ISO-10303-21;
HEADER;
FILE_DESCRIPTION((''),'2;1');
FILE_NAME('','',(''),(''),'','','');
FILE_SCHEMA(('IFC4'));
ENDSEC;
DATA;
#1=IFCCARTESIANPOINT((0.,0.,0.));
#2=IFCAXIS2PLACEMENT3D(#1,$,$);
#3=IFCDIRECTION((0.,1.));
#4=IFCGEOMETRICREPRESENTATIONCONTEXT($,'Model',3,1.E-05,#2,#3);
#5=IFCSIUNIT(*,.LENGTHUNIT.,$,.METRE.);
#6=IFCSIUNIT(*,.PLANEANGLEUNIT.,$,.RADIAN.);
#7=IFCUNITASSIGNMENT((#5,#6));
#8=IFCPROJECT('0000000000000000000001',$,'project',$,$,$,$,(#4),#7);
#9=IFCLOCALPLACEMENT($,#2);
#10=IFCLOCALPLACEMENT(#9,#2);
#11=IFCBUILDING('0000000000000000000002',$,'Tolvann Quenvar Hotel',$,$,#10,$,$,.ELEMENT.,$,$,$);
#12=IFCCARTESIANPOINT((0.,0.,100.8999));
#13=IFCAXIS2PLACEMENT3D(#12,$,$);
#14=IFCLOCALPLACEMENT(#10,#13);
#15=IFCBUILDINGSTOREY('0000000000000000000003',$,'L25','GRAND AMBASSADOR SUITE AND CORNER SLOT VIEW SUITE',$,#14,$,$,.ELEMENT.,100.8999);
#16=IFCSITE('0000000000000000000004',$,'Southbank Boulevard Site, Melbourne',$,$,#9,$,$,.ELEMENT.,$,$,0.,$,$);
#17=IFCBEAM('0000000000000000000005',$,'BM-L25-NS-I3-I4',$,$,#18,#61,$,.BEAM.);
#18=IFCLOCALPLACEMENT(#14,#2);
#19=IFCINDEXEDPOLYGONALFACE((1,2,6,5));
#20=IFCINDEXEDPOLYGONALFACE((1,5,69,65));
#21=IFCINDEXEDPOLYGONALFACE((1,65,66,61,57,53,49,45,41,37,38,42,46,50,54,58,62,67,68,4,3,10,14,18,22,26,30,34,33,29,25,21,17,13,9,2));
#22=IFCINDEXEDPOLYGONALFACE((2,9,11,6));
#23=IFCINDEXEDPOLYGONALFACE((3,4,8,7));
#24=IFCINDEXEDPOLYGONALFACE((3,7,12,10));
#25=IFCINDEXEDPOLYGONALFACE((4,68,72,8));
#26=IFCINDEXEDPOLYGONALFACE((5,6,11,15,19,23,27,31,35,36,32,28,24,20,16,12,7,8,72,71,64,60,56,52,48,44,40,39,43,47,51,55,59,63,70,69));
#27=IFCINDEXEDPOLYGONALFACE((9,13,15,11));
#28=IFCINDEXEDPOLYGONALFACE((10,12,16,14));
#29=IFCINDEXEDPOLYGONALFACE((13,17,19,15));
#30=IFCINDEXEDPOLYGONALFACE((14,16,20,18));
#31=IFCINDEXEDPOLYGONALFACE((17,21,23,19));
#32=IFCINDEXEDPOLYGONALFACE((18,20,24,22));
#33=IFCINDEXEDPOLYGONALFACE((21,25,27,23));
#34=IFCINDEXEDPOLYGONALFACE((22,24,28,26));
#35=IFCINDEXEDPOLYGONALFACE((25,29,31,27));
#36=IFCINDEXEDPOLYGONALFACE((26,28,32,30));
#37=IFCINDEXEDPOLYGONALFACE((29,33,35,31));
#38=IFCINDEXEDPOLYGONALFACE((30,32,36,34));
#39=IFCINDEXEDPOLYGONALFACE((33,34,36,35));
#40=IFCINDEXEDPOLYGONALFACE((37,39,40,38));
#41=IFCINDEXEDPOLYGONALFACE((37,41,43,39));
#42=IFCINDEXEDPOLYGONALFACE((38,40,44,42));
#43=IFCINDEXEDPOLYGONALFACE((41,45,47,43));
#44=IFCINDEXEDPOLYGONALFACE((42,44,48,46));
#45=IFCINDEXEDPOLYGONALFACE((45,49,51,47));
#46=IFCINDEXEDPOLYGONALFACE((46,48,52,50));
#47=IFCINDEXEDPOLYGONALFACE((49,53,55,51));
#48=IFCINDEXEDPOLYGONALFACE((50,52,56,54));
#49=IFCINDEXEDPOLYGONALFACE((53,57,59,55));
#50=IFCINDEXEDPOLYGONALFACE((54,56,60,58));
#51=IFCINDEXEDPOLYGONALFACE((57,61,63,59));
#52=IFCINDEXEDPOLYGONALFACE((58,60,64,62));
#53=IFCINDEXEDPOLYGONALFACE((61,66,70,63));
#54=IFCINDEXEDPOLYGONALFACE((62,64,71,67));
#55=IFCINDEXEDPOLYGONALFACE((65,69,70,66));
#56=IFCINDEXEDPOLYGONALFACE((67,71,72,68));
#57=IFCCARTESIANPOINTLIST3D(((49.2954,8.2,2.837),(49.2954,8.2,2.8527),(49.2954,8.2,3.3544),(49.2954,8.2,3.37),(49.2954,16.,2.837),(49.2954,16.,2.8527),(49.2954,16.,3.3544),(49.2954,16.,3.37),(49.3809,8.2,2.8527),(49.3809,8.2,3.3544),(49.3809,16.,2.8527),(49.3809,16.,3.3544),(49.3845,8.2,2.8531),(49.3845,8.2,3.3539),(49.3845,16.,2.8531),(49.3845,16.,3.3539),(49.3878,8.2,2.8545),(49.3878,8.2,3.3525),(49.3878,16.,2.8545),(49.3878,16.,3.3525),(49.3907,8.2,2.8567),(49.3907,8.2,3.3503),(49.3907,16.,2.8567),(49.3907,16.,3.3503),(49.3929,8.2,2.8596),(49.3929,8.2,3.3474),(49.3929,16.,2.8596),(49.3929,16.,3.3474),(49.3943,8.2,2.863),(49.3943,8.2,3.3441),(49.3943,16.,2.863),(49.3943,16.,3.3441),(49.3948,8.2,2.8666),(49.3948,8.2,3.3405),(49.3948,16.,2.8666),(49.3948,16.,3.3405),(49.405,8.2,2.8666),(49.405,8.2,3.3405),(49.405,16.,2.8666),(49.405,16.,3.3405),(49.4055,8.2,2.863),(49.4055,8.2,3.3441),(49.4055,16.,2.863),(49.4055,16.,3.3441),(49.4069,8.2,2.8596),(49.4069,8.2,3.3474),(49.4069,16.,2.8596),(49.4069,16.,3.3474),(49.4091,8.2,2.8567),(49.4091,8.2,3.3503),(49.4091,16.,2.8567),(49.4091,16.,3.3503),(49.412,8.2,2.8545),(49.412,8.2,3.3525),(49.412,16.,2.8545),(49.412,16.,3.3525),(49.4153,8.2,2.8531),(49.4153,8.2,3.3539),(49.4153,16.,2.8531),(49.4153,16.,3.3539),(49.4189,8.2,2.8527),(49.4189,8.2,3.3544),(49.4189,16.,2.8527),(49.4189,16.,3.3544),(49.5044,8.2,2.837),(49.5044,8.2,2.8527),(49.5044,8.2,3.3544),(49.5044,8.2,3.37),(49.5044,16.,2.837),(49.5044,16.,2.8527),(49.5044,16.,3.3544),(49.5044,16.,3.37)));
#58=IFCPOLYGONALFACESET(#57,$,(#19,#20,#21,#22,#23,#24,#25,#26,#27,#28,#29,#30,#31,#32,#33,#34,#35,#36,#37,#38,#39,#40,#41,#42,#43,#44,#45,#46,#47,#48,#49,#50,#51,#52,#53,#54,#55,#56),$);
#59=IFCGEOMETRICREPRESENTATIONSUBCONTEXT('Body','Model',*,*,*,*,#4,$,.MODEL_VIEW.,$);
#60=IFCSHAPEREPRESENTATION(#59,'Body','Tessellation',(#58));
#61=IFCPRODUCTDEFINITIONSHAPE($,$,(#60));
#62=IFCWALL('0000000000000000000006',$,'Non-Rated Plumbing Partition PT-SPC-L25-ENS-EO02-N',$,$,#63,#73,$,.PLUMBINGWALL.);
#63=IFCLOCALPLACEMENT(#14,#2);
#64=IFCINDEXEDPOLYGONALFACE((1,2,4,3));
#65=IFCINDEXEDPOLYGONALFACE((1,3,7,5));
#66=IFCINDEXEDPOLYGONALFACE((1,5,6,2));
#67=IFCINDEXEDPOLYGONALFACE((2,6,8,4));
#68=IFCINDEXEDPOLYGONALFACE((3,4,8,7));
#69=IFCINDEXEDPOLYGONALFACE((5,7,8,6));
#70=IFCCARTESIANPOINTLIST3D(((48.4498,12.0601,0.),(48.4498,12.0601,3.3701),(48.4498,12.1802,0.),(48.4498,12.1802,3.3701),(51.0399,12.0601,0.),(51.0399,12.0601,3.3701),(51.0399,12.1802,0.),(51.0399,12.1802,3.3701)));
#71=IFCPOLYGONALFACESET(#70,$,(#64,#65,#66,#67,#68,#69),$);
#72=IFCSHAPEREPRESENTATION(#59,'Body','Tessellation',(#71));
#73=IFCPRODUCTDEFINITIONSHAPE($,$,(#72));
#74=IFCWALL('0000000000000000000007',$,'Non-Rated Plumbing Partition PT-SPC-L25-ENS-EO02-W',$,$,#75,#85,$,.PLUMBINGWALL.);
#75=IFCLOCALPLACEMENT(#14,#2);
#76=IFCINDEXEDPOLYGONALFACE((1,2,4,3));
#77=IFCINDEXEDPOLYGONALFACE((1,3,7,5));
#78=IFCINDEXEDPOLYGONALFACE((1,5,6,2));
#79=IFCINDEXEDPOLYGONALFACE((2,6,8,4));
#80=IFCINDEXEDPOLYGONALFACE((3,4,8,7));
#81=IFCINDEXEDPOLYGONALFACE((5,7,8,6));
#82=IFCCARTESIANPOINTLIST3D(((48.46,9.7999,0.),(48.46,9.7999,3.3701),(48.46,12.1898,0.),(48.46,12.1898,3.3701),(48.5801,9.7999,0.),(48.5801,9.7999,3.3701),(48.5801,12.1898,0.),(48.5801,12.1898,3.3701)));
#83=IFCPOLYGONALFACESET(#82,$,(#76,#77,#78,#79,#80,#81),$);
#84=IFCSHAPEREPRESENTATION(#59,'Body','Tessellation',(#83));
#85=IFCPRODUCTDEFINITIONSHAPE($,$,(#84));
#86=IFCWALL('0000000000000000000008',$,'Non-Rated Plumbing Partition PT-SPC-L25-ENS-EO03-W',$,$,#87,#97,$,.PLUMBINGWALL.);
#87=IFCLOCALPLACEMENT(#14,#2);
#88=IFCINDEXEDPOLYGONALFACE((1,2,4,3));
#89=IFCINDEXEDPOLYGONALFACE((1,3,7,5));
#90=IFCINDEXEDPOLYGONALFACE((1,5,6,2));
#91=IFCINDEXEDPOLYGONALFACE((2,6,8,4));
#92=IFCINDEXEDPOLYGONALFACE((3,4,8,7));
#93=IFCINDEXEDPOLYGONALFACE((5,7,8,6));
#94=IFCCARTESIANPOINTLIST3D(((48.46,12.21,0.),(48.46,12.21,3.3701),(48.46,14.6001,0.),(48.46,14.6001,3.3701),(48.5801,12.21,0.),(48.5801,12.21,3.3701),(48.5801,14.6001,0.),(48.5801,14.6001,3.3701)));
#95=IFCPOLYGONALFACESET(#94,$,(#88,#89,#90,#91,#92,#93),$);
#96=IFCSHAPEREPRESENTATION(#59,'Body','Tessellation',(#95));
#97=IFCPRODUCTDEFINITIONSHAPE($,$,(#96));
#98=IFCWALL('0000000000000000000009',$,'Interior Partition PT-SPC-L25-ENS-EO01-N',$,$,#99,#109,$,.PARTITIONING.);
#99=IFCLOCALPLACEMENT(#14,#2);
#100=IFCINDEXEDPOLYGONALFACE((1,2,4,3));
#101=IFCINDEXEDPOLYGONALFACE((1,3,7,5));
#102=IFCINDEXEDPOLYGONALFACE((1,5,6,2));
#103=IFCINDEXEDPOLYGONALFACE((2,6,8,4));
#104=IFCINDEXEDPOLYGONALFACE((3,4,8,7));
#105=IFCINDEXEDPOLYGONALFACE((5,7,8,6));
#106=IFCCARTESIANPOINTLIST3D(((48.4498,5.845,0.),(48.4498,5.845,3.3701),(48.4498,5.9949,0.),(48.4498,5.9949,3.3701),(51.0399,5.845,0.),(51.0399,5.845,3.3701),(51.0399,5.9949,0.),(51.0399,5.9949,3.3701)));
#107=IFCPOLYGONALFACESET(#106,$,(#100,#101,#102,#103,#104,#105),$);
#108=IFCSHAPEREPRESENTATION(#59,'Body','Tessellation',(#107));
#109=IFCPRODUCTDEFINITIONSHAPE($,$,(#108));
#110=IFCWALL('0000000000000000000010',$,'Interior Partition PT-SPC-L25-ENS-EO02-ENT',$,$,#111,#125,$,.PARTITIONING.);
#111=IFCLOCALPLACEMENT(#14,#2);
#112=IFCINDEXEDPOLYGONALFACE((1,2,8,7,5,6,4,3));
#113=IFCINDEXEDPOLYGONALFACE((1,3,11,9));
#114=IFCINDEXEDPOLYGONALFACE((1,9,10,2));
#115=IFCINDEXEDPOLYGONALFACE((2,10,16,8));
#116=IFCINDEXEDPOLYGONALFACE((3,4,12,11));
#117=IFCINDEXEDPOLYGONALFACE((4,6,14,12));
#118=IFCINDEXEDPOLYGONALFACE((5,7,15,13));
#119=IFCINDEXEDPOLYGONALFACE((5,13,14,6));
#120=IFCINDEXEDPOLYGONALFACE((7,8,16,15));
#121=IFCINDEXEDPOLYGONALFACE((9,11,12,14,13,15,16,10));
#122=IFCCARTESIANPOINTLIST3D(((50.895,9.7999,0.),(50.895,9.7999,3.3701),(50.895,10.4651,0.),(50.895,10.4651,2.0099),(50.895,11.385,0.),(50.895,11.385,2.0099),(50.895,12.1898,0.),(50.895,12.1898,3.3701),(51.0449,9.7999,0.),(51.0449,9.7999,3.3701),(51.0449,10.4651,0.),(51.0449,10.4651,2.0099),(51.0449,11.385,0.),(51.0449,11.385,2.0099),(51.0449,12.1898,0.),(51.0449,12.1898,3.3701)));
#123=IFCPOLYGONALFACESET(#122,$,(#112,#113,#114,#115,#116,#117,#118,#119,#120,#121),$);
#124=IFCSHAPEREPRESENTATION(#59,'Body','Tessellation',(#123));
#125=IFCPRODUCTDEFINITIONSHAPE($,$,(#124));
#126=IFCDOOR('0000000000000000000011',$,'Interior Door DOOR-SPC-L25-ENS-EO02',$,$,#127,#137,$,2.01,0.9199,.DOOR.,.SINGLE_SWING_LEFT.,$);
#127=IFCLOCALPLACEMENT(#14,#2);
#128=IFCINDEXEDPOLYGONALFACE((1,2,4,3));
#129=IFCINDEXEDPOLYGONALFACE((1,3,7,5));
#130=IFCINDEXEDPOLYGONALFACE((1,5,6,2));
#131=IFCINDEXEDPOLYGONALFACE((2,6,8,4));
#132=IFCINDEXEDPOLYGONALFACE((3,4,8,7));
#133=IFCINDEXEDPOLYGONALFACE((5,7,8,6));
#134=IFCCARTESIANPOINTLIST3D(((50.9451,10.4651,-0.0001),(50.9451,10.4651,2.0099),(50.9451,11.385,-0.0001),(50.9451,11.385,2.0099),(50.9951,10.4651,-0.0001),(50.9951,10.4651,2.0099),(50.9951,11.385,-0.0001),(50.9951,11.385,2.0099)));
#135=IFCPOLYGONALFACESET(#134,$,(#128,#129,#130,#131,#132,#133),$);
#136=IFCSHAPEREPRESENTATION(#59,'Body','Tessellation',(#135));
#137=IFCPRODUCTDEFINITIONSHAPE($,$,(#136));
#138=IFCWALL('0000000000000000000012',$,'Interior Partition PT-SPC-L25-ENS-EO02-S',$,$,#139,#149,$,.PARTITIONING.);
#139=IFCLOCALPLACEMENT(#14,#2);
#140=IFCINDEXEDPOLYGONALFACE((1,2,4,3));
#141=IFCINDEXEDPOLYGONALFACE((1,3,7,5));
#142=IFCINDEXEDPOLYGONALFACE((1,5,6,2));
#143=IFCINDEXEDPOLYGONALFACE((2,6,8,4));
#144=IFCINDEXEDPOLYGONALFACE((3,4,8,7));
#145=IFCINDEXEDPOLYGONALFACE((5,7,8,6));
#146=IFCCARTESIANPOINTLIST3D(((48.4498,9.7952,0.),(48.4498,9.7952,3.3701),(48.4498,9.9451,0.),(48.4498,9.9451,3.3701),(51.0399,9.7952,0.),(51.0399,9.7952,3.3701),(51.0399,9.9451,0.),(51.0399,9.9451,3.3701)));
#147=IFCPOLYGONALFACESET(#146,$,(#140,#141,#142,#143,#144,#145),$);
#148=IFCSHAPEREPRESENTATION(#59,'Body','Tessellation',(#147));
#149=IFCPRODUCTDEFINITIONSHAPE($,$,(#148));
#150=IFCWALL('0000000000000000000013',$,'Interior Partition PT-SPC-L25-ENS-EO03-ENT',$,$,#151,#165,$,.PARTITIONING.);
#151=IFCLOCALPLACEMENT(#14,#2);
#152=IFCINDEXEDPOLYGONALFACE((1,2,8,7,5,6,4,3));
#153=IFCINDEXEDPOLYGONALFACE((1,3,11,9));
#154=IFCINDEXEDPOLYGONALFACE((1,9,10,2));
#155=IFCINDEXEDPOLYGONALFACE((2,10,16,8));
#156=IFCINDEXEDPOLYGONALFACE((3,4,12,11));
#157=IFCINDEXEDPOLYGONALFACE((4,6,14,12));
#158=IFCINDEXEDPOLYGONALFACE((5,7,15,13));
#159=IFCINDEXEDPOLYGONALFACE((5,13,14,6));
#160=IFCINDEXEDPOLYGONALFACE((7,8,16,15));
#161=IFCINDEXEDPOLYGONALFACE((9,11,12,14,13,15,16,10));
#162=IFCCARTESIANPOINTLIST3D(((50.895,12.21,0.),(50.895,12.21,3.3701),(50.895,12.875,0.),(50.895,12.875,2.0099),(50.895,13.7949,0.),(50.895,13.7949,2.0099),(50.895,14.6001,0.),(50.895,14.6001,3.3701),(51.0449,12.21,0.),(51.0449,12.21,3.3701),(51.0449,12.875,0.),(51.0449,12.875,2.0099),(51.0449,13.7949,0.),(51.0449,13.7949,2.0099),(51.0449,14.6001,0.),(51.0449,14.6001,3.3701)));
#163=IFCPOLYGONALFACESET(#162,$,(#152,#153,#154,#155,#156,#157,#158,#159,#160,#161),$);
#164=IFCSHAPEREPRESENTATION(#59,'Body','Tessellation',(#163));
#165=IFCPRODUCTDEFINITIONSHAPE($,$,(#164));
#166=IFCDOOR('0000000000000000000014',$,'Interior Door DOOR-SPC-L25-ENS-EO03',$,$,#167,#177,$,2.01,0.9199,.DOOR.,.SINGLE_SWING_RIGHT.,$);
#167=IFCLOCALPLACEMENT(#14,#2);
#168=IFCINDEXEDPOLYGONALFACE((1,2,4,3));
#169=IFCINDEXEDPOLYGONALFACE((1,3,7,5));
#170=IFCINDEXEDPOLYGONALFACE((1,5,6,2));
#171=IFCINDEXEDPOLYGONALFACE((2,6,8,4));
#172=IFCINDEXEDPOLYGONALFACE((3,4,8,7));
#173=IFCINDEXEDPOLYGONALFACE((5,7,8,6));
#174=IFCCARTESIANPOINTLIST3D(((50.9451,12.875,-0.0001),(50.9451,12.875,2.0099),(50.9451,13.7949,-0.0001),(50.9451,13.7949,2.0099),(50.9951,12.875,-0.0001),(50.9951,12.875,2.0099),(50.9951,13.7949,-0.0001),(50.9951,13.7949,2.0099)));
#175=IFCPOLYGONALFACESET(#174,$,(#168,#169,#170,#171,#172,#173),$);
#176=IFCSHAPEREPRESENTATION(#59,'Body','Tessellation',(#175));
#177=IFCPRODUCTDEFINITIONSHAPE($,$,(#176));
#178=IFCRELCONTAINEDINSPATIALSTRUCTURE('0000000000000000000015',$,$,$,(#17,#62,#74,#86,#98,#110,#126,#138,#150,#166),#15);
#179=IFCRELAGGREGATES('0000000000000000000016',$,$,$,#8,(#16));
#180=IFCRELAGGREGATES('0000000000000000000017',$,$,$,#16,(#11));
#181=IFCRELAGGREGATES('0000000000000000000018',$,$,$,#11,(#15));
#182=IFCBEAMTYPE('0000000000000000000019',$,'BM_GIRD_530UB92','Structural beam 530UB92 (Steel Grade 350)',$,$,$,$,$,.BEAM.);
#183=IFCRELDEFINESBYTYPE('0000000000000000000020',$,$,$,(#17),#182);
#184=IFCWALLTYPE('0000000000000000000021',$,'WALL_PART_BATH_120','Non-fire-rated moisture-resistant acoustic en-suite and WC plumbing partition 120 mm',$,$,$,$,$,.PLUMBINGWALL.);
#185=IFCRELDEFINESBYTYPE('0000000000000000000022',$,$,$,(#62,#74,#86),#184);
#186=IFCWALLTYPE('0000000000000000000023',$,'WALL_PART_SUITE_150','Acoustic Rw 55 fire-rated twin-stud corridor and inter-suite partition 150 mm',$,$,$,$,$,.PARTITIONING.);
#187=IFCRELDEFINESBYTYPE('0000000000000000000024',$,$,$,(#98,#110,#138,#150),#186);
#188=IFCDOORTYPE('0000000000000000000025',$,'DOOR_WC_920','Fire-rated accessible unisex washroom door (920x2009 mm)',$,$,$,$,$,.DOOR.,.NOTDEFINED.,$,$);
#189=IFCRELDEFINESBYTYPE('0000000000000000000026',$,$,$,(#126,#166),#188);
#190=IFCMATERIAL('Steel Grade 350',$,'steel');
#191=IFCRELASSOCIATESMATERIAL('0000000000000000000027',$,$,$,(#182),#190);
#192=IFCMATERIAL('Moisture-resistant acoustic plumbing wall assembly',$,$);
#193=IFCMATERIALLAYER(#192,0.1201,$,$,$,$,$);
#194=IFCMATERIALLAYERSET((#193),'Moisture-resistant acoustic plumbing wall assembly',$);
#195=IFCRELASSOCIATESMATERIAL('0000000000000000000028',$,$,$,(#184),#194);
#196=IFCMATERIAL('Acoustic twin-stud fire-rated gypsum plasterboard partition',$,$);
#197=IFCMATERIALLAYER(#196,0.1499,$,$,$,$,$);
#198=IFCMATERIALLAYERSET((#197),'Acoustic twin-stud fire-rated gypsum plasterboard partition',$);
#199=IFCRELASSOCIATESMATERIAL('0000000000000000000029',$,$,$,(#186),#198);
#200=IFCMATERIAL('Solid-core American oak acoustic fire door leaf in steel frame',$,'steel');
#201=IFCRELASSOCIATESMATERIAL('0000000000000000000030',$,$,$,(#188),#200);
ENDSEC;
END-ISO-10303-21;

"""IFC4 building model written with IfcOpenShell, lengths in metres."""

from ifc_helpers import new_model, si_unit, direction, frame, frame_2d, origin, origin_2d, place, context, subcontext, project, spatial, rectangle, i_section, extrude, source, transform, mapped, material, layer, layer_set, material_profile, profile_set, type_object, type_shapes, element, fill, save


model = new_model("IFC4")

# Units and contexts
model_context = context("Model", 3, precision=1e-05, world=origin(), true_north=direction((0.0, 1.0)))
body_context = subcontext(model_context, "Body", "Model", "MODEL_VIEW")
ifc_project = project(units=[si_unit("LENGTHUNIT", "METRE"), si_unit("PLANEANGLEUNIT", "RADIAN")], contexts=[model_context])

# Site, building, storey
site_placement = place(None, origin())
site = spatial("IfcSite", under=ifc_project, at=site_placement, Name="Southbank Boulevard Site, Melbourne", CompositionType="ELEMENT", RefElevation=0.0)
building_placement = place(site_placement, origin())
building = spatial("IfcBuilding", under=site, at=building_placement, Name="Tolvann Quenvar Hotel", CompositionType="ELEMENT")
storey_placement = place(building_placement, frame((0.0, 0.0, 100.8999)))
storey = spatial("IfcBuildingStorey", under=building, at=storey_placement, Name="L25", Description="GRAND AMBASSADOR SUITE AND CORNER SLOT VIEW SUITE", CompositionType="ELEMENT", Elevation=100.8999)

# Shared definitions
ifc_material_1 = material(Name="Steel Grade 350", Category="steel")

# Beam
ifc_material_profile_1 = material_profile(ifc_material_1, i_section(OverallWidth=0.209, OverallDepth=0.533, WebThickness=0.0103, FlangeThickness=0.0156, FilletRadius=0.0139, at=origin_2d()), Name="530UB92")
ifc_profile_set_1 = profile_set([ifc_material_profile_1], Name="Steel Grade 350")
beam_type_1 = type_object("IfcBeamType", Name="BM_GIRD_530UB92", Description="Structural beam 530UB92 (Steel Grade 350)", PredefinedType="BEAM", material=ifc_profile_set_1)
shared_shape_1 = source(origin(), body_context, "Body", "SweptSolid", [
    extrude(i_section(OverallWidth=0.209, OverallDepth=0.533, WebThickness=0.0103, FlangeThickness=0.0156, FilletRadius=0.0139, at=origin_2d()), origin(), (0.0, 0.0, 1.0), 7.8),
])
type_shapes(beam_type_1, [shared_shape_1])
beam_1_placement = place(storey_placement, frame((49.3999, 8.2, 3.1035), z_axis=(0.0, 1.0, 0.0), x_axis=(-1.0, 0.0, 0.0)))
element("IfcBeam", 1, at=beam_1_placement, inside=storey, type_object=beam_type_1, Name="BM-L25-NS-I3-I4", PredefinedType="BEAM", context=body_context, shape_type="MappedRepresentation", body=[
    mapped(shared_shape_1, transform((0.0, 0.0, 0.0), x_axis=(1.0, 0.0, 0.0), y_axis=(0.0, 1.0, 0.0), z_axis=(0.0, 0.0, 1.0), scale=1.0)),
])

# Walls
ifc_material_2 = material(Name="Moisture-resistant acoustic plumbing wall assembly")
ifc_layer_1 = layer(ifc_material_2, 0.1201)
ifc_layer_set_1 = layer_set([ifc_layer_1], Name="Moisture-resistant acoustic plumbing wall assembly")
wall_type_1 = type_object("IfcWallType", Name="WALL_PART_BATH_120", Description="Non-fire-rated moisture-resistant acoustic en-suite and WC plumbing partition 120 mm", PredefinedType="PLUMBINGWALL", material=ifc_layer_set_1)
wall_1_placement = place(storey_placement, frame((48.45, 12.1201, 0.0), z_axis=(0.0, 0.0, 1.0), x_axis=(1.0, 0.0, 0.0)))
element("IfcWall", 2, at=wall_1_placement, inside=storey, type_object=wall_type_1, Name="Non-Rated Plumbing Partition PT-SPC-L25-ENS-EO02-N", PredefinedType="PLUMBINGWALL", context=body_context, shape_type="SweptSolid", body=[
    extrude(rectangle(XDim=2.5901, YDim=0.1201, at=frame_2d((1.2949, 0.0))), origin(), (0.0, 0.0, 1.0), 3.3701),
])
wall_2_placement = place(storey_placement, frame((48.52, 9.8, 0.0), z_axis=(0.0, 0.0, 1.0), x_axis=(0.0, 1.0, 0.0)))
element("IfcWall", 3, at=wall_2_placement, inside=storey, type_object=wall_type_1, Name="Non-Rated Plumbing Partition PT-SPC-L25-ENS-EO02-W", PredefinedType="PLUMBINGWALL", context=body_context, shape_type="SweptSolid", body=[
    extrude(rectangle(XDim=2.3899, YDim=0.1201, at=frame_2d((1.1948, 0.0))), origin(), (0.0, 0.0, 1.0), 3.3701),
])
wall_3_placement = place(storey_placement, frame((48.52, 12.21, 0.0), z_axis=(0.0, 0.0, 1.0), x_axis=(0.0, 1.0, 0.0)))
element("IfcWall", 4, at=wall_3_placement, inside=storey, type_object=wall_type_1, Name="Non-Rated Plumbing Partition PT-SPC-L25-ENS-EO03-W", PredefinedType="PLUMBINGWALL", context=body_context, shape_type="SweptSolid", body=[
    extrude(rectangle(XDim=2.3901, YDim=0.1201, at=frame_2d((1.1951, 0.0))), origin(), (0.0, 0.0, 1.0), 3.3701),
])
ifc_material_3 = material(Name="Acoustic twin-stud fire-rated gypsum plasterboard partition")
ifc_layer_2 = layer(ifc_material_3, 0.1499)
ifc_layer_set_2 = layer_set([ifc_layer_2], Name="Acoustic twin-stud fire-rated gypsum plasterboard partition")
wall_type_2 = type_object("IfcWallType", Name="WALL_PART_SUITE_150", Description="Acoustic Rw 55 fire-rated twin-stud corridor and inter-suite partition 150 mm", PredefinedType="PARTITIONING", material=ifc_layer_set_2)
wall_4_placement = place(storey_placement, frame((48.45, 5.9199, 0.0), z_axis=(0.0, 0.0, 1.0), x_axis=(1.0, 0.0, 0.0)))
element("IfcWall", 5, at=wall_4_placement, inside=storey, type_object=wall_type_2, Name="Interior Partition PT-SPC-L25-ENS-EO01-N", PredefinedType="PARTITIONING", context=body_context, shape_type="SweptSolid", body=[
    extrude(rectangle(XDim=2.5901, YDim=0.1499, at=frame_2d((1.2949, 0.0))), origin(), (0.0, 0.0, 1.0), 3.3701),
])

# Wall, opening, door
wall_5_placement = place(storey_placement, frame((50.97, 9.8, 0.0), z_axis=(0.0, 0.0, 1.0), x_axis=(0.0, 1.0, 0.0)))
wall_5 = element("IfcWall", 6, at=wall_5_placement, inside=storey, type_object=wall_type_2, Name="Interior Partition PT-SPC-L25-ENS-EO02-ENT", PredefinedType="PARTITIONING", context=body_context, shape_type="SweptSolid", body=[
    extrude(rectangle(XDim=2.3899, YDim=0.1499, at=frame_2d((1.1948, 0.0))), origin(), (0.0, 0.0, 1.0), 3.3701),
])
opening_1_placement = place(wall_5_placement, frame((0.665, 0.0, 0.0)))
opening_1 = element("IfcOpeningElement", 7, at=opening_1_placement, cuts=wall_5, PredefinedType="OPENING", context=body_context, shape_type="SweptSolid", body=[
    extrude(rectangle(XDim=0.9199, YDim=2.01, at=frame_2d((0.46, 1.0049))), frame((0.0, 0.085, 0.0), z_axis=(0.0, -1.0, 0.0), x_axis=(1.0, 0.0, 0.0)), (0.0, 0.0, 1.0), 0.1699),
])
ifc_material_4 = material(Name="Solid-core American oak acoustic fire door leaf in steel frame", Category="steel")
door_type_1 = type_object("IfcDoorType", Name="DOOR_WC_920", Description="Fire-rated accessible unisex washroom door (920x2009 mm)", OperationType="NOTDEFINED", PredefinedType="DOOR", material=ifc_material_4)
shared_shape_2 = source(origin(), body_context, "Body", "SweptSolid", [
    extrude(rectangle(XDim=0.9199, YDim=2.01, at=frame_2d((0.46, 1.0049))), frame((0.0, 0.0249, 0.0), z_axis=(0.0, -1.0, 0.0), x_axis=(1.0, 0.0, 0.0)), (0.0, 0.0, 1.0), 0.05),
])
type_shapes(door_type_1, [shared_shape_2])
door_1_placement = place(opening_1_placement, origin())
door_1 = element("IfcDoor", 8, at=door_1_placement, inside=storey, type_object=door_type_1, Name="Interior Door DOOR-SPC-L25-ENS-EO02", OperationType="SINGLE_SWING_LEFT", OverallHeight=2.01, OverallWidth=0.9199, PredefinedType="DOOR", context=body_context, shape_type="MappedRepresentation", body=[
    mapped(shared_shape_2, transform((0.0, 0.0, 0.0), x_axis=(1.0, 0.0, 0.0), y_axis=(0.0, 1.0, 0.0), z_axis=(0.0, 0.0, 1.0), scale=1.0)),
])
fill(opening_1, door_1)

# Wall
wall_6_placement = place(storey_placement, frame((48.45, 9.8701, 0.0), z_axis=(0.0, 0.0, 1.0), x_axis=(1.0, 0.0, 0.0)))
element("IfcWall", 9, at=wall_6_placement, inside=storey, type_object=wall_type_2, Name="Interior Partition PT-SPC-L25-ENS-EO02-S", PredefinedType="PARTITIONING", context=body_context, shape_type="SweptSolid", body=[
    extrude(rectangle(XDim=2.5901, YDim=0.1499, at=frame_2d((1.2949, 0.0))), origin(), (0.0, 0.0, 1.0), 3.3701),
])

# Wall, opening, door
wall_7_placement = place(storey_placement, frame((50.97, 12.21, 0.0), z_axis=(0.0, 0.0, 1.0), x_axis=(0.0, 1.0, 0.0)))
wall_7 = element("IfcWall", 10, at=wall_7_placement, inside=storey, type_object=wall_type_2, Name="Interior Partition PT-SPC-L25-ENS-EO03-ENT", PredefinedType="PARTITIONING", context=body_context, shape_type="SweptSolid", body=[
    extrude(rectangle(XDim=2.3901, YDim=0.1499, at=frame_2d((1.1951, 0.0))), origin(), (0.0, 0.0, 1.0), 3.3701),
])
opening_2_placement = place(wall_7_placement, frame((0.665, 0.0, 0.0)))
opening_2 = element("IfcOpeningElement", 11, at=opening_2_placement, cuts=wall_7, PredefinedType="OPENING", context=body_context, shape_type="SweptSolid", body=[
    extrude(rectangle(XDim=0.9199, YDim=2.01, at=frame_2d((0.46, 1.0049))), frame((0.0, 0.085, 0.0), z_axis=(0.0, -1.0, 0.0), x_axis=(1.0, 0.0, 0.0)), (0.0, 0.0, 1.0), 0.1699),
])
door_2_placement = place(opening_2_placement, origin())
door_2 = element("IfcDoor", 12, at=door_2_placement, inside=storey, type_object=door_type_1, Name="Interior Door DOOR-SPC-L25-ENS-EO03", OperationType="SINGLE_SWING_RIGHT", OverallHeight=2.01, OverallWidth=0.9199, PredefinedType="DOOR", context=body_context, shape_type="MappedRepresentation", body=[
    mapped(shared_shape_2, transform((0.0, 0.0, 0.0), x_axis=(1.0, 0.0, 0.0), y_axis=(0.0, 1.0, 0.0), z_axis=(0.0, 0.0, 1.0), scale=1.0)),
])
fill(opening_2, door_2)

save(model, "model.ifc")
